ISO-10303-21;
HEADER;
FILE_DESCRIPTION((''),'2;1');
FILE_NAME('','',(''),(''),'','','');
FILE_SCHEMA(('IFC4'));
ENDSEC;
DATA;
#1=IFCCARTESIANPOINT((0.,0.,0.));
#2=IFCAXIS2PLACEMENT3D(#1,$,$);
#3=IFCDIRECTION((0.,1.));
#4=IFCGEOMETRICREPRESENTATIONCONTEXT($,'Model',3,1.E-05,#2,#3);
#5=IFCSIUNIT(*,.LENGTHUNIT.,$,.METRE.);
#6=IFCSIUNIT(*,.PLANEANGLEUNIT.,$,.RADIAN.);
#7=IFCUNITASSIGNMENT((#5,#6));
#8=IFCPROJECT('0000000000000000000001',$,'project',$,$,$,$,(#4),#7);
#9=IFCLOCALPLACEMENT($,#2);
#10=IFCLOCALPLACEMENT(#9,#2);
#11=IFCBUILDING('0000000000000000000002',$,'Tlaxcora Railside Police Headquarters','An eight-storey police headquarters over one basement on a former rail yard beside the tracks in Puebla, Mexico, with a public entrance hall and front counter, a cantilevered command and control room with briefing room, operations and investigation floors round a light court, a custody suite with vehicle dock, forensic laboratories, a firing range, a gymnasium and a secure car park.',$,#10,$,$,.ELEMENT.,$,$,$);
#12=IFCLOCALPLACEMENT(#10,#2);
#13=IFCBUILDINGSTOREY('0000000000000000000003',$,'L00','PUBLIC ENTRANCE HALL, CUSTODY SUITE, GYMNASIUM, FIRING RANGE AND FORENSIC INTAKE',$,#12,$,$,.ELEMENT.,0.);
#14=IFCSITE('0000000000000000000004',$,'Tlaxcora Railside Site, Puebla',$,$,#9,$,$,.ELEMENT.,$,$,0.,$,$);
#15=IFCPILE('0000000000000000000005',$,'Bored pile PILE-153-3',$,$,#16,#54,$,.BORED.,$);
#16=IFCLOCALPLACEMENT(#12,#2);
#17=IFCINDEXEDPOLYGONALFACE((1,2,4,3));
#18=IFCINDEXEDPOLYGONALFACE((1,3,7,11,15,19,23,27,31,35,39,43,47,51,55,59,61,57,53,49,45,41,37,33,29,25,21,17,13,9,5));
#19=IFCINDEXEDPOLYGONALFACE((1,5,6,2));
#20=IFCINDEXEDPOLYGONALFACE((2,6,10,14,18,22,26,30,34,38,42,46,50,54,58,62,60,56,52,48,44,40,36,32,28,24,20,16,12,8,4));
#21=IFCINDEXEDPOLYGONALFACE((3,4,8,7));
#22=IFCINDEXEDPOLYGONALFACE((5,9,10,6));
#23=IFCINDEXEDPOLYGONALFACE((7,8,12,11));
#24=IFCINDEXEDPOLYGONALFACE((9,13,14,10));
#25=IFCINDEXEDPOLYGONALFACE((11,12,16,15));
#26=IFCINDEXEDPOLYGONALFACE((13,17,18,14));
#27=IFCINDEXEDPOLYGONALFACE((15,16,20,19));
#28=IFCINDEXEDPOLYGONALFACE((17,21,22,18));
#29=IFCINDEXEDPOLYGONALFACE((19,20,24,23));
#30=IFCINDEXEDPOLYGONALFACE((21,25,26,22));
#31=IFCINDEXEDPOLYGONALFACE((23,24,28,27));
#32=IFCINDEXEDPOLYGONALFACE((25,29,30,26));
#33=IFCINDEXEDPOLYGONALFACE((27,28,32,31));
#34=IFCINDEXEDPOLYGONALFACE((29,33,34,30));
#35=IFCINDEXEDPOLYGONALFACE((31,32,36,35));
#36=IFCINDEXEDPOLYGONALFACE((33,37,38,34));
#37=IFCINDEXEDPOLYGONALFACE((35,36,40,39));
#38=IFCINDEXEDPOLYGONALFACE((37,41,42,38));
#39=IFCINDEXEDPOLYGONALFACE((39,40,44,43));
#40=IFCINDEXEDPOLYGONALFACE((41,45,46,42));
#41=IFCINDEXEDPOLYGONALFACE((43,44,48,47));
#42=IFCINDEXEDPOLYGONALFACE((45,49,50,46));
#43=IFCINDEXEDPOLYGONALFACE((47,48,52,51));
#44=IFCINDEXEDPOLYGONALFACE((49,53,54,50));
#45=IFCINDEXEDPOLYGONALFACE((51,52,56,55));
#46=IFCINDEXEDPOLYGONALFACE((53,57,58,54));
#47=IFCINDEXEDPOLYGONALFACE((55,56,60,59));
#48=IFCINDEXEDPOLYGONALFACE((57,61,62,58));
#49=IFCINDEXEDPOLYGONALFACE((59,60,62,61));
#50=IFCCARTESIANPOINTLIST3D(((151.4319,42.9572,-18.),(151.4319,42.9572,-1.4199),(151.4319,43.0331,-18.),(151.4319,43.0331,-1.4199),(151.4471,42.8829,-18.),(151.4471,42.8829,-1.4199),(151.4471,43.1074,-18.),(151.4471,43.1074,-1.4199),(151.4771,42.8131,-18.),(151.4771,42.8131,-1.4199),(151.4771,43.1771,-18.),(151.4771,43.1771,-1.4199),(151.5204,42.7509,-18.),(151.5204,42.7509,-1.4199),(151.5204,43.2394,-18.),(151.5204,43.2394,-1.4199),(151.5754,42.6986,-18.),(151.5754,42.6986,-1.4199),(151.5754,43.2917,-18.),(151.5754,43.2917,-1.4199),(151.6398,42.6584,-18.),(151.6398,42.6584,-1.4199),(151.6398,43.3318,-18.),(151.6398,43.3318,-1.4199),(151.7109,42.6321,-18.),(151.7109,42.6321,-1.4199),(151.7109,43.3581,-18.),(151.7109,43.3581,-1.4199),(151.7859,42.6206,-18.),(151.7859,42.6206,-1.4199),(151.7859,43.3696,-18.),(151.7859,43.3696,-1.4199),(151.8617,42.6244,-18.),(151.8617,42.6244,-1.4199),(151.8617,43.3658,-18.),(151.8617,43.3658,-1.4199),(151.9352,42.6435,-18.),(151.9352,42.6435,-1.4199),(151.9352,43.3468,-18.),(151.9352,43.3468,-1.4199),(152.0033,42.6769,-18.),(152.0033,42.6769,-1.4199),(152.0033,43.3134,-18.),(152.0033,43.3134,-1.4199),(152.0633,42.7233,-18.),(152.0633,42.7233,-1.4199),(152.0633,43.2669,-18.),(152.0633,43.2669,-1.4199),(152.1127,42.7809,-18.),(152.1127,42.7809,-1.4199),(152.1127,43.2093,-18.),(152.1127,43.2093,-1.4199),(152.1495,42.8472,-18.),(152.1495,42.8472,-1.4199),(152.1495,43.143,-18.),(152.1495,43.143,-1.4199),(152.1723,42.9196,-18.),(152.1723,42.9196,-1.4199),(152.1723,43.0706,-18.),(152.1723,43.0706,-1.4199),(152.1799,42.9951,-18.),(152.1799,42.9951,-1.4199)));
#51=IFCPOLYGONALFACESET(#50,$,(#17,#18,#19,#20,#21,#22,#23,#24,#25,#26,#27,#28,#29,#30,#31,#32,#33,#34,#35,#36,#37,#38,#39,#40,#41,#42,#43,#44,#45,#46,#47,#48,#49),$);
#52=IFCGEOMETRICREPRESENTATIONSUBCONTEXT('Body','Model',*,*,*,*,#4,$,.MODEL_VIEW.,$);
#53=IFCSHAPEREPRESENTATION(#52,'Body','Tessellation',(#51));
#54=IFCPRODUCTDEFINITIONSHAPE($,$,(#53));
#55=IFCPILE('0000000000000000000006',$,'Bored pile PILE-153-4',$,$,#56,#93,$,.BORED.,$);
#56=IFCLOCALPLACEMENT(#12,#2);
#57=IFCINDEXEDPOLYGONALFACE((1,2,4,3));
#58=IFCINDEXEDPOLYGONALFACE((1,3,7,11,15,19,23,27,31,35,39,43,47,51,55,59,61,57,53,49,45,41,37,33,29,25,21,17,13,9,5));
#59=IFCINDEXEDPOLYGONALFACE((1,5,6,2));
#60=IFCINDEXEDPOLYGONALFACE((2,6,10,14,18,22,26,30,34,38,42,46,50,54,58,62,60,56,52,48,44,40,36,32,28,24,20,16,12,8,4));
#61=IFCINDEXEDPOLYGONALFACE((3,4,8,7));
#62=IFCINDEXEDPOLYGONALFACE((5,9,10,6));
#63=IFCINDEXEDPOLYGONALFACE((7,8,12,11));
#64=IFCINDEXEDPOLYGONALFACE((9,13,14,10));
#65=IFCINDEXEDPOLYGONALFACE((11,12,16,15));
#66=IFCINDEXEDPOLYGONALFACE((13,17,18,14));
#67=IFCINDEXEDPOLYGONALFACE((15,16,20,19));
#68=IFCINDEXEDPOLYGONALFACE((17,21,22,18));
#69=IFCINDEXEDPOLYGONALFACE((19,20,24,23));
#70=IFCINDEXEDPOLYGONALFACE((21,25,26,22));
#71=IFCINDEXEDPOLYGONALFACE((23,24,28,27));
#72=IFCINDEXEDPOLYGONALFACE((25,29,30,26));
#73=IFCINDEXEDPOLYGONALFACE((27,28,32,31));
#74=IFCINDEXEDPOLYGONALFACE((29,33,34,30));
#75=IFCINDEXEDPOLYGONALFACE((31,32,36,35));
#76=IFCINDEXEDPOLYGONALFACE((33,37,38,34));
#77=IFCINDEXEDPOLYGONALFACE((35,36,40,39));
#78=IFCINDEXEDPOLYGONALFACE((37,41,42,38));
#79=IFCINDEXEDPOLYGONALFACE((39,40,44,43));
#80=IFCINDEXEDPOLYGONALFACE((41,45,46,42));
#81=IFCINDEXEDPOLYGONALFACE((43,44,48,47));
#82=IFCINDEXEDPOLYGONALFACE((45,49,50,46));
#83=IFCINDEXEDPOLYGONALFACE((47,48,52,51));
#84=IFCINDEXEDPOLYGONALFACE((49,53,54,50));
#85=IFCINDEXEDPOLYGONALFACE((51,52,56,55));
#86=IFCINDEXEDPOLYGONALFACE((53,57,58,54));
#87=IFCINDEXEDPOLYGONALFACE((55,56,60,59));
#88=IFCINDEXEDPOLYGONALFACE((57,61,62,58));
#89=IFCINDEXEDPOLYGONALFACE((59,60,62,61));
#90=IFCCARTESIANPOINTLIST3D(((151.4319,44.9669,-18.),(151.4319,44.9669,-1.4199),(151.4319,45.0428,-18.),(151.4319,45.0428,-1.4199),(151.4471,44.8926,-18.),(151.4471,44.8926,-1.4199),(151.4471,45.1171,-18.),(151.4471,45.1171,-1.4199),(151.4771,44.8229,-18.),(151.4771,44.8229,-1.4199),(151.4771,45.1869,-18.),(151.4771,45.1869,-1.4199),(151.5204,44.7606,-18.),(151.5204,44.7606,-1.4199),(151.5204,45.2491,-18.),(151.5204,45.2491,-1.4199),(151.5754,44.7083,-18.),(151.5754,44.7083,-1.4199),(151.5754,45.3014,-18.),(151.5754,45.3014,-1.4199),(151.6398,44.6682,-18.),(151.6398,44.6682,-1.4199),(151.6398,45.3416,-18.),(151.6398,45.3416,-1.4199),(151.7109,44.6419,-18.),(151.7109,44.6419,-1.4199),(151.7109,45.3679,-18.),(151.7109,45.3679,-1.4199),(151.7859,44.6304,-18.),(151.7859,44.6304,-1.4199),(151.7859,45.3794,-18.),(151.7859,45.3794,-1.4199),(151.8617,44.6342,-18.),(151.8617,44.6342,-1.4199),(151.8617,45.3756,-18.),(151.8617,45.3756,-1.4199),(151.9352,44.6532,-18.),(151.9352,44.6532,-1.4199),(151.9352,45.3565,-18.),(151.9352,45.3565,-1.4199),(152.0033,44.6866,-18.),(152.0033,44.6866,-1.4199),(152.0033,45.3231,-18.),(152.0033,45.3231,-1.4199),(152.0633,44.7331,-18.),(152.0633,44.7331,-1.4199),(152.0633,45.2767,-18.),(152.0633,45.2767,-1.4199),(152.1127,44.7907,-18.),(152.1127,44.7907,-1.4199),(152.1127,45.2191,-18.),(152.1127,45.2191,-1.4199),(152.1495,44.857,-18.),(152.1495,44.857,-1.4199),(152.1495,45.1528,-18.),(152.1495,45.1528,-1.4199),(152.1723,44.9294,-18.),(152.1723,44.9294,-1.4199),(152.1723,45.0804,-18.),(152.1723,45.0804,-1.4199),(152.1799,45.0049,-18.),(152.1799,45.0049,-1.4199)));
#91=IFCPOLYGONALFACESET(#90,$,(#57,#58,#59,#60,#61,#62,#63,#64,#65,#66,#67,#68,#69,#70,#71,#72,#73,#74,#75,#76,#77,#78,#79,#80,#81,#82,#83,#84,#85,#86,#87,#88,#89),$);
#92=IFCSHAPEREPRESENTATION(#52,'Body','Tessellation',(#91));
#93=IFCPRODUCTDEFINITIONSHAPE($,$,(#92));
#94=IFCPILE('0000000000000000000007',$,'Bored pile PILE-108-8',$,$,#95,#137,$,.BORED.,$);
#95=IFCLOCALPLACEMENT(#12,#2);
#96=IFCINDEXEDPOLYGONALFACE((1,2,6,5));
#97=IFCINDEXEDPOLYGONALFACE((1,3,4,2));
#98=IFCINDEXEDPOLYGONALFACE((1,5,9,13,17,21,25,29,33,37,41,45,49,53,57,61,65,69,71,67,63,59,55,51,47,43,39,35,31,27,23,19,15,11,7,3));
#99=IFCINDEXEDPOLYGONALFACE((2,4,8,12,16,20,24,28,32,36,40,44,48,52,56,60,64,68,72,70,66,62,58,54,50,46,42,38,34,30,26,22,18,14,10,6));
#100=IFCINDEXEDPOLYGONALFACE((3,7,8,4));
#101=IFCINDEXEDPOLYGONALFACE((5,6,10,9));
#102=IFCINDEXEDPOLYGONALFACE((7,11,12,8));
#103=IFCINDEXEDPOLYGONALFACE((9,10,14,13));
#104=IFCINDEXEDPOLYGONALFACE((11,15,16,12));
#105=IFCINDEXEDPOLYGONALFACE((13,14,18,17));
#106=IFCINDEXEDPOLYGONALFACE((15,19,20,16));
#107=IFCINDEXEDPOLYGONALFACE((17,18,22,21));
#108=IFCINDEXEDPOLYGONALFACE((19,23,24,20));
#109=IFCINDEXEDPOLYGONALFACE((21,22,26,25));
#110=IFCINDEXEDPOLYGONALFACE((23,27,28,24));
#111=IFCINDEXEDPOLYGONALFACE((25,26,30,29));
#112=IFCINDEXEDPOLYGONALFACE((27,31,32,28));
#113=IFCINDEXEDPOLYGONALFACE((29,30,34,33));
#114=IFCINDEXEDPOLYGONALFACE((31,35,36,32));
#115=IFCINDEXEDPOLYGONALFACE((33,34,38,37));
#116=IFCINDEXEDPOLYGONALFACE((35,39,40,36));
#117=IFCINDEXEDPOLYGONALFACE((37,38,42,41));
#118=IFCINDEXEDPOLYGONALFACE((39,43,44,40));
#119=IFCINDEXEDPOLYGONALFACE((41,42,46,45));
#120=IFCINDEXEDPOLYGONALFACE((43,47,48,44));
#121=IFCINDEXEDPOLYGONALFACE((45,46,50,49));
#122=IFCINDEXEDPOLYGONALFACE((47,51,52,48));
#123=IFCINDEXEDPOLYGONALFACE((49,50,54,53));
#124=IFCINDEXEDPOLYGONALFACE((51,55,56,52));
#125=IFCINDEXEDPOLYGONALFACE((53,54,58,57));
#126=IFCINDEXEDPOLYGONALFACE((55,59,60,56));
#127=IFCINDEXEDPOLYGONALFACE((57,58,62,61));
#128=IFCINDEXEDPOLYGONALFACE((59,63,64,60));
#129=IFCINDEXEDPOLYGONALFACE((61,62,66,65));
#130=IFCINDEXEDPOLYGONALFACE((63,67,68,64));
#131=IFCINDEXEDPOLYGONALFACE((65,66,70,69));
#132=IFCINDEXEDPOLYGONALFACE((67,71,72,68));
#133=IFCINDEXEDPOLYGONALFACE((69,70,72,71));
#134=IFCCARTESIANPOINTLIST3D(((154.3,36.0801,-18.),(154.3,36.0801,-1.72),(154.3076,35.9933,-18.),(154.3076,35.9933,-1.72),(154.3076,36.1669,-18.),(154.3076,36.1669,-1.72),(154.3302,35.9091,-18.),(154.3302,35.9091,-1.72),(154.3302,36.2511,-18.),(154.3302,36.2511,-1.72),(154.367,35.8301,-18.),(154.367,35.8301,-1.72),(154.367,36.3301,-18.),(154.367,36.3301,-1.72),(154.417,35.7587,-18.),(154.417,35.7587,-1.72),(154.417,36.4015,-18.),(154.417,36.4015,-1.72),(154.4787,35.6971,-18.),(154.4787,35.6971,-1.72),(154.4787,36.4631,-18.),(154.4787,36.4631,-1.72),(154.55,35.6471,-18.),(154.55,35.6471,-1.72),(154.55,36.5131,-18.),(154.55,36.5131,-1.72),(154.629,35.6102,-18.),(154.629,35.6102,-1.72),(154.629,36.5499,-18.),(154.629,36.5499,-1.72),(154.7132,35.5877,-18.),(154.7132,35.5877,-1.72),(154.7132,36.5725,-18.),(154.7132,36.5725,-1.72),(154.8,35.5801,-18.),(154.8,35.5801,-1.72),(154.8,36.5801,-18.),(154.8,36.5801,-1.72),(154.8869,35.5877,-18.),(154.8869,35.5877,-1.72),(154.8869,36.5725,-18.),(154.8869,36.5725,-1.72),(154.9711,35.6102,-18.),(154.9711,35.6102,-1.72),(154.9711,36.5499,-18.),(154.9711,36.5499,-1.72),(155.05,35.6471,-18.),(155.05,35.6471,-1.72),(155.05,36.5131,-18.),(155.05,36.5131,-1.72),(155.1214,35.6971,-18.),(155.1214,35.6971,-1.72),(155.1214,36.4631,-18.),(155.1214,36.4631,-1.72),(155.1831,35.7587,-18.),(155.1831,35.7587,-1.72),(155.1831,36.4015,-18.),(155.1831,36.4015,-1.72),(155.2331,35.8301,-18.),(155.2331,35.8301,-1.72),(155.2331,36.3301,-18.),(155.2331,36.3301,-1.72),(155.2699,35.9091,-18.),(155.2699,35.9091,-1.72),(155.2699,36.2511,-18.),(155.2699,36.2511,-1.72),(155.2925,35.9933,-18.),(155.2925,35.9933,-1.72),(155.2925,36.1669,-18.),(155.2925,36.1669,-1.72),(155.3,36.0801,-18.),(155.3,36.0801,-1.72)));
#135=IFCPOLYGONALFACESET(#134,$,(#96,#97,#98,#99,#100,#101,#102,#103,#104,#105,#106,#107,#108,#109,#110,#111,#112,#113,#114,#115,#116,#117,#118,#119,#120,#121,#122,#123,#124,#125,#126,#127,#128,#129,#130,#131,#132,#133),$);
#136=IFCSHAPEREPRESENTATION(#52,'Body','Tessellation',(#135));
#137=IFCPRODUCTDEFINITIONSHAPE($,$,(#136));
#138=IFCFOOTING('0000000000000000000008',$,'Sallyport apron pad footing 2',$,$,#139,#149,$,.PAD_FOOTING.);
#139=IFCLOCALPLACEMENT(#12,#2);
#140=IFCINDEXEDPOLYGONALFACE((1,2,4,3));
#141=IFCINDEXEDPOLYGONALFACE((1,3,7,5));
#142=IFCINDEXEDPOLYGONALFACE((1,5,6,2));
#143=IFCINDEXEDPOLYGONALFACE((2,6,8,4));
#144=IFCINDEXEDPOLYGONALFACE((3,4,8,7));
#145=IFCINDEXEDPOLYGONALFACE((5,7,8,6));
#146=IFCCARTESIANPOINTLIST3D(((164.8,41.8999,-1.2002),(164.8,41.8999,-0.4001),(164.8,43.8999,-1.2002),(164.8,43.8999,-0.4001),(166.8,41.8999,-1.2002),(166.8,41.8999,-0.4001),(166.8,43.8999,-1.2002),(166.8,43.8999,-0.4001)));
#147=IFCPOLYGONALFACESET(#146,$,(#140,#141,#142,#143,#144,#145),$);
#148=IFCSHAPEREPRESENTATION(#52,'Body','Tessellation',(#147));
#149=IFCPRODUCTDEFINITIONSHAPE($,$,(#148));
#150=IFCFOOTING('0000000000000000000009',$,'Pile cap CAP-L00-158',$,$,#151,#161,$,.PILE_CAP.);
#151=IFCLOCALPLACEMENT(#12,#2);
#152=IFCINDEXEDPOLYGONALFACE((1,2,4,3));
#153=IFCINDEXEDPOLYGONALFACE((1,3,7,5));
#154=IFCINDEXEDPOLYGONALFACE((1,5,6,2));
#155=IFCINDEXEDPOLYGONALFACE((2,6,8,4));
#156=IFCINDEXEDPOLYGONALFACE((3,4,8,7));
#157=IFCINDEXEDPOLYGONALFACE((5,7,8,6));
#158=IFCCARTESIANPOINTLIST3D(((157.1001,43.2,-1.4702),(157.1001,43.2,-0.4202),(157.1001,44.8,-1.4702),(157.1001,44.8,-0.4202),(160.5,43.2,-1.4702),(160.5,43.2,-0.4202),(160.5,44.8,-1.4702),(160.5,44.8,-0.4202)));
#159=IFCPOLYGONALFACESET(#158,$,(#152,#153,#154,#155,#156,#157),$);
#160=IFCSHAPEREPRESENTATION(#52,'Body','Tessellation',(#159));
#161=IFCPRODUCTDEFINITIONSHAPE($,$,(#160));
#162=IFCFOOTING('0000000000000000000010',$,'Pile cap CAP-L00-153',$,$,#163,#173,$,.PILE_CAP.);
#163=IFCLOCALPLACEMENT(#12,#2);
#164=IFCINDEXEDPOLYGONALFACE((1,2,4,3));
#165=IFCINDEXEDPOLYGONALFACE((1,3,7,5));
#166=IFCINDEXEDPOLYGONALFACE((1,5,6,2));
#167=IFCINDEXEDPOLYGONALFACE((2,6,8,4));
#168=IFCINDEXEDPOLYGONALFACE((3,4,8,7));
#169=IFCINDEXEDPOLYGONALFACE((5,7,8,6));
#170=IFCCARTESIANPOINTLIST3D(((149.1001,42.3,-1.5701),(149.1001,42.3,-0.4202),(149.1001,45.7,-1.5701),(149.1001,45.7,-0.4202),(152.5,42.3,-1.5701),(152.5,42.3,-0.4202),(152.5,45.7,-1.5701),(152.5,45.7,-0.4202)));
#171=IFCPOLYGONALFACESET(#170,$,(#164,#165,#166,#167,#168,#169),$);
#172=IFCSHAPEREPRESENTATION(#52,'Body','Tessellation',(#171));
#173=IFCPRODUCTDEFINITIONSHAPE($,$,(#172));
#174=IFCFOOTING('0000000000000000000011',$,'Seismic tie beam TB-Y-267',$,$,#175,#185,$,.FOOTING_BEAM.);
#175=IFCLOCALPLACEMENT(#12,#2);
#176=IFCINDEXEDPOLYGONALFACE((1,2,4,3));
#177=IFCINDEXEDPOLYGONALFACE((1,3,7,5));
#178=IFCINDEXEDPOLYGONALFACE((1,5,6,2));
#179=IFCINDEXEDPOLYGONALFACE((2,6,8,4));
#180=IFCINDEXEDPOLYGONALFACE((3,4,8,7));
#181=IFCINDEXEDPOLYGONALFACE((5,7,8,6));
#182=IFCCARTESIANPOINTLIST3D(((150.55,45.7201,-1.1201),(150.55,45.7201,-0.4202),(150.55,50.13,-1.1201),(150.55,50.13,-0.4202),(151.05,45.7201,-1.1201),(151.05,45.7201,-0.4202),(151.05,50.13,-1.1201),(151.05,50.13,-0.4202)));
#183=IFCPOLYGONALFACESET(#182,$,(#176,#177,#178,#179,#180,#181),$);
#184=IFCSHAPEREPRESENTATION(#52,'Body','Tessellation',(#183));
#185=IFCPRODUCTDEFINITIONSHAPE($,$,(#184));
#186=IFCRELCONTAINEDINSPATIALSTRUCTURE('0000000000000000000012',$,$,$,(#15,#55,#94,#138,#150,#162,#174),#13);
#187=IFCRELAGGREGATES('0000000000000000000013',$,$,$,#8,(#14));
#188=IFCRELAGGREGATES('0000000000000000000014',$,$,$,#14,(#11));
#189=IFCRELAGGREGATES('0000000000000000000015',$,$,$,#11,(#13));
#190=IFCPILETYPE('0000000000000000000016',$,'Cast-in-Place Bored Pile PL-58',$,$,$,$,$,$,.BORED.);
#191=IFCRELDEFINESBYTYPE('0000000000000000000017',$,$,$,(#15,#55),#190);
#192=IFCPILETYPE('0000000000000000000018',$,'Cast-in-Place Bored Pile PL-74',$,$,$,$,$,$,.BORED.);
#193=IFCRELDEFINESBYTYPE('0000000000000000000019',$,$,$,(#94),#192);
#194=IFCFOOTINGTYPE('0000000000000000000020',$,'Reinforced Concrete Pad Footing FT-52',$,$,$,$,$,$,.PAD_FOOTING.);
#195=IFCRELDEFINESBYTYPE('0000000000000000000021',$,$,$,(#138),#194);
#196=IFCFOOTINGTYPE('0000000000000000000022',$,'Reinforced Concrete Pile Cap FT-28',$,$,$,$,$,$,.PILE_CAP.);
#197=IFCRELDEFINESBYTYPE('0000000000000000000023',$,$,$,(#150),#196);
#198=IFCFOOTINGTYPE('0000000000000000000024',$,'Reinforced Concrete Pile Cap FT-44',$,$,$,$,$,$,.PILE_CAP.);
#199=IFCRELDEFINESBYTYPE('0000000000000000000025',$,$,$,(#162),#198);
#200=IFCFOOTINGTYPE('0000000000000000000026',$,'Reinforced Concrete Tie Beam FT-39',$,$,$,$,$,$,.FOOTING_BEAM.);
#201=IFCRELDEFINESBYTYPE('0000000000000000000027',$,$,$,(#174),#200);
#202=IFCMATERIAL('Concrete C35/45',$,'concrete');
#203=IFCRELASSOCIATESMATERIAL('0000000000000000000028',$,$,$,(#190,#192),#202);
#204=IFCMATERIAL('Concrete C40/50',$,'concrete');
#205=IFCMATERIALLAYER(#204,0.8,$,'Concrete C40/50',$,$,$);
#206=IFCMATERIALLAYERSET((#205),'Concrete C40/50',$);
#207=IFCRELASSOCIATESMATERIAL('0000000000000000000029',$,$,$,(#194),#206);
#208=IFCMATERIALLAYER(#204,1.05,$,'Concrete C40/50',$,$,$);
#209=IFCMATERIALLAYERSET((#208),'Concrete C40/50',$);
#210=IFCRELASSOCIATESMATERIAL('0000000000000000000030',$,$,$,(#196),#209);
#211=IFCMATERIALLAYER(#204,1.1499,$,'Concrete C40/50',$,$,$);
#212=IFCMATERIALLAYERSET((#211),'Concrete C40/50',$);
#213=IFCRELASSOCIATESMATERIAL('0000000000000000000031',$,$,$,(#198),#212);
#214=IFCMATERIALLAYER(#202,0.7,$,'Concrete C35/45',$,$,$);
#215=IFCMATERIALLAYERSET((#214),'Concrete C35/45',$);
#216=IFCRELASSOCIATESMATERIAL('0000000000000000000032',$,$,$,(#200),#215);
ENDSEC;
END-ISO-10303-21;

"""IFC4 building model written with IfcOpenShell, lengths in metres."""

from ifc_helpers import new_model, si_unit, direction, frame, origin, origin_2d, place, context, subcontext, project, spatial, rectangle, circle, extrude, material, layer, layer_set, material_profile, profile_set, type_object, element, save


model = new_model("IFC4")

# Units and contexts
model_context = context("Model", 3, precision=1e-05, world=origin(), true_north=direction((0.0, 1.0)))
body_context = subcontext(model_context, "Body", "Model", "MODEL_VIEW")
ifc_project = project(units=[si_unit("LENGTHUNIT", "METRE"), si_unit("PLANEANGLEUNIT", "RADIAN")], contexts=[model_context])

# Site, building, storey
site_placement = place(None, origin())
site = spatial("IfcSite", under=ifc_project, at=site_placement, Name="Tlaxcora Railside Site, Puebla", CompositionType="ELEMENT", RefElevation=0.0)
building_placement = place(site_placement, origin())
building = spatial("IfcBuilding", under=site, at=building_placement, Name="Tlaxcora Railside Police Headquarters", Description="An eight-storey police headquarters over one basement on a former rail yard beside the tracks in Puebla, Mexico, with a public entrance hall and front counter, a cantilevered command and control room with briefing room, operations and investigation floors round a light court, a custody suite with vehicle dock, forensic laboratories, a firing range, a gymnasium and a secure car park.", CompositionType="ELEMENT")
storey_placement = place(building_placement, origin())
storey = spatial("IfcBuildingStorey", under=building, at=storey_placement, Name="L00", Description="PUBLIC ENTRANCE HALL, CUSTODY SUITE, GYMNASIUM, FIRING RANGE AND FORENSIC INTAKE", CompositionType="ELEMENT", Elevation=0.0)

# Piles
ifc_material_1 = material(Name="Concrete C35/45", Category="concrete")
ifc_material_profile_1 = material_profile(ifc_material_1, circle(Radius=0.375, at=origin_2d()), Name="PILE750")
ifc_profile_set_1 = profile_set([ifc_material_profile_1], Name="Concrete C35/45")
pile_type_1 = type_object("IfcPileType", Name="Cast-in-Place Bored Pile PL-58", PredefinedType="BORED", material=ifc_profile_set_1)
for number, where, z_axis, x_axis, name in (
    (1, (151.8049, 42.9951, -1.4199), (0.0, 0.0, -1.0), (1.0, 0.0, 0.0), "Bored pile PILE-153-3"),
    (2, (151.8049, 45.0049, -1.4199), (0.0, 0.0, -1.0), (1.0, 0.0, 0.0), "Bored pile PILE-153-4"),
):
    element("IfcPile", number, at=place(storey_placement, frame(where, z_axis=z_axis, x_axis=x_axis)), inside=storey, type_object=pile_type_1, Name=name, PredefinedType="BORED", context=body_context, shape_type="SweptSolid", body=[
        extrude(circle(Radius=0.375, at=origin_2d()), origin(), (0.0, 0.0, 1.0), 16.5801),
    ])
ifc_material_profile_2 = material_profile(ifc_material_1, circle(Radius=0.5, at=origin_2d()), Name="PILE1000")
ifc_profile_set_2 = profile_set([ifc_material_profile_2], Name="Concrete C35/45")
pile_type_2 = type_object("IfcPileType", Name="Cast-in-Place Bored Pile PL-74", PredefinedType="BORED", material=ifc_profile_set_2)
pile_1_placement = place(storey_placement, frame((154.8, 36.0801, -1.72), z_axis=(0.0, 0.0, -1.0), x_axis=(1.0, 0.0, 0.0)))
element("IfcPile", 3, at=pile_1_placement, inside=storey, type_object=pile_type_2, Name="Bored pile PILE-108-8", PredefinedType="BORED", context=body_context, shape_type="SweptSolid", body=[
    extrude(circle(Radius=0.5, at=origin_2d()), origin(), (0.0, 0.0, 1.0), 16.28),
])

# Footings
ifc_material_2 = material(Name="Concrete C40/50", Category="concrete")
ifc_layer_1 = layer(ifc_material_2, 0.8, Name="Concrete C40/50")
ifc_layer_set_1 = layer_set([ifc_layer_1], Name="Concrete C40/50")
footing_type_1 = type_object("IfcFootingType", Name="Reinforced Concrete Pad Footing FT-52", PredefinedType="PAD_FOOTING", material=ifc_layer_set_1)
footing_1_placement = place(storey_placement, frame((165.8, 42.8999, -1.2002), z_axis=(0.0, 0.0, 1.0), x_axis=(1.0, 0.0, 0.0)))
element("IfcFooting", 4, at=footing_1_placement, inside=storey, type_object=footing_type_1, Name="Sallyport apron pad footing 2", PredefinedType="PAD_FOOTING", context=body_context, shape_type="SweptSolid", body=[
    extrude(rectangle(XDim=2.0, YDim=2.0, at=origin_2d()), origin(), (0.0, 0.0, 1.0), 0.8),
])
ifc_layer_2 = layer(ifc_material_2, 1.05, Name="Concrete C40/50")
ifc_layer_set_2 = layer_set([ifc_layer_2], Name="Concrete C40/50")
footing_type_2 = type_object("IfcFootingType", Name="Reinforced Concrete Pile Cap FT-28", PredefinedType="PILE_CAP", material=ifc_layer_set_2)
footing_2_placement = place(storey_placement, frame((158.8, 44.0, -1.4702), z_axis=(0.0, 0.0, 1.0), x_axis=(1.0, 0.0, 0.0)))
element("IfcFooting", 5, at=footing_2_placement, inside=storey, type_object=footing_type_2, Name="Pile cap CAP-L00-158", PredefinedType="PILE_CAP", context=body_context, shape_type="SweptSolid", body=[
    extrude(rectangle(XDim=3.3999, YDim=1.6001, at=origin_2d()), origin(), (0.0, 0.0, 1.0), 1.05),
])
ifc_layer_3 = layer(ifc_material_2, 1.1499, Name="Concrete C40/50")
ifc_layer_set_3 = layer_set([ifc_layer_3], Name="Concrete C40/50")
footing_type_3 = type_object("IfcFootingType", Name="Reinforced Concrete Pile Cap FT-44", PredefinedType="PILE_CAP", material=ifc_layer_set_3)
footing_3_placement = place(storey_placement, frame((150.8, 44.0, -1.5701), z_axis=(0.0, 0.0, 1.0), x_axis=(1.0, 0.0, 0.0)))
element("IfcFooting", 6, at=footing_3_placement, inside=storey, type_object=footing_type_3, Name="Pile cap CAP-L00-153", PredefinedType="PILE_CAP", context=body_context, shape_type="SweptSolid", body=[
    extrude(rectangle(XDim=3.3999, YDim=3.3999, at=origin_2d()), origin(), (0.0, 0.0, 1.0), 1.1499),
])
ifc_layer_4 = layer(ifc_material_1, 0.7, Name="Concrete C35/45")
ifc_layer_set_4 = layer_set([ifc_layer_4], Name="Concrete C35/45")
footing_type_4 = type_object("IfcFootingType", Name="Reinforced Concrete Tie Beam FT-39", PredefinedType="FOOTING_BEAM", material=ifc_layer_set_4)
footing_4_placement = place(storey_placement, frame((150.8, 47.925, -1.1201), z_axis=(0.0, 0.0, 1.0), x_axis=(0.0, 1.0, 0.0)))
element("IfcFooting", 7, at=footing_4_placement, inside=storey, type_object=footing_type_4, Name="Seismic tie beam TB-Y-267", PredefinedType="FOOTING_BEAM", context=body_context, shape_type="SweptSolid", body=[
    extrude(rectangle(XDim=4.4099, YDim=0.5, at=origin_2d()), origin(), (0.0, 0.0, 1.0), 0.7),
])

save(model, "model.ifc")
